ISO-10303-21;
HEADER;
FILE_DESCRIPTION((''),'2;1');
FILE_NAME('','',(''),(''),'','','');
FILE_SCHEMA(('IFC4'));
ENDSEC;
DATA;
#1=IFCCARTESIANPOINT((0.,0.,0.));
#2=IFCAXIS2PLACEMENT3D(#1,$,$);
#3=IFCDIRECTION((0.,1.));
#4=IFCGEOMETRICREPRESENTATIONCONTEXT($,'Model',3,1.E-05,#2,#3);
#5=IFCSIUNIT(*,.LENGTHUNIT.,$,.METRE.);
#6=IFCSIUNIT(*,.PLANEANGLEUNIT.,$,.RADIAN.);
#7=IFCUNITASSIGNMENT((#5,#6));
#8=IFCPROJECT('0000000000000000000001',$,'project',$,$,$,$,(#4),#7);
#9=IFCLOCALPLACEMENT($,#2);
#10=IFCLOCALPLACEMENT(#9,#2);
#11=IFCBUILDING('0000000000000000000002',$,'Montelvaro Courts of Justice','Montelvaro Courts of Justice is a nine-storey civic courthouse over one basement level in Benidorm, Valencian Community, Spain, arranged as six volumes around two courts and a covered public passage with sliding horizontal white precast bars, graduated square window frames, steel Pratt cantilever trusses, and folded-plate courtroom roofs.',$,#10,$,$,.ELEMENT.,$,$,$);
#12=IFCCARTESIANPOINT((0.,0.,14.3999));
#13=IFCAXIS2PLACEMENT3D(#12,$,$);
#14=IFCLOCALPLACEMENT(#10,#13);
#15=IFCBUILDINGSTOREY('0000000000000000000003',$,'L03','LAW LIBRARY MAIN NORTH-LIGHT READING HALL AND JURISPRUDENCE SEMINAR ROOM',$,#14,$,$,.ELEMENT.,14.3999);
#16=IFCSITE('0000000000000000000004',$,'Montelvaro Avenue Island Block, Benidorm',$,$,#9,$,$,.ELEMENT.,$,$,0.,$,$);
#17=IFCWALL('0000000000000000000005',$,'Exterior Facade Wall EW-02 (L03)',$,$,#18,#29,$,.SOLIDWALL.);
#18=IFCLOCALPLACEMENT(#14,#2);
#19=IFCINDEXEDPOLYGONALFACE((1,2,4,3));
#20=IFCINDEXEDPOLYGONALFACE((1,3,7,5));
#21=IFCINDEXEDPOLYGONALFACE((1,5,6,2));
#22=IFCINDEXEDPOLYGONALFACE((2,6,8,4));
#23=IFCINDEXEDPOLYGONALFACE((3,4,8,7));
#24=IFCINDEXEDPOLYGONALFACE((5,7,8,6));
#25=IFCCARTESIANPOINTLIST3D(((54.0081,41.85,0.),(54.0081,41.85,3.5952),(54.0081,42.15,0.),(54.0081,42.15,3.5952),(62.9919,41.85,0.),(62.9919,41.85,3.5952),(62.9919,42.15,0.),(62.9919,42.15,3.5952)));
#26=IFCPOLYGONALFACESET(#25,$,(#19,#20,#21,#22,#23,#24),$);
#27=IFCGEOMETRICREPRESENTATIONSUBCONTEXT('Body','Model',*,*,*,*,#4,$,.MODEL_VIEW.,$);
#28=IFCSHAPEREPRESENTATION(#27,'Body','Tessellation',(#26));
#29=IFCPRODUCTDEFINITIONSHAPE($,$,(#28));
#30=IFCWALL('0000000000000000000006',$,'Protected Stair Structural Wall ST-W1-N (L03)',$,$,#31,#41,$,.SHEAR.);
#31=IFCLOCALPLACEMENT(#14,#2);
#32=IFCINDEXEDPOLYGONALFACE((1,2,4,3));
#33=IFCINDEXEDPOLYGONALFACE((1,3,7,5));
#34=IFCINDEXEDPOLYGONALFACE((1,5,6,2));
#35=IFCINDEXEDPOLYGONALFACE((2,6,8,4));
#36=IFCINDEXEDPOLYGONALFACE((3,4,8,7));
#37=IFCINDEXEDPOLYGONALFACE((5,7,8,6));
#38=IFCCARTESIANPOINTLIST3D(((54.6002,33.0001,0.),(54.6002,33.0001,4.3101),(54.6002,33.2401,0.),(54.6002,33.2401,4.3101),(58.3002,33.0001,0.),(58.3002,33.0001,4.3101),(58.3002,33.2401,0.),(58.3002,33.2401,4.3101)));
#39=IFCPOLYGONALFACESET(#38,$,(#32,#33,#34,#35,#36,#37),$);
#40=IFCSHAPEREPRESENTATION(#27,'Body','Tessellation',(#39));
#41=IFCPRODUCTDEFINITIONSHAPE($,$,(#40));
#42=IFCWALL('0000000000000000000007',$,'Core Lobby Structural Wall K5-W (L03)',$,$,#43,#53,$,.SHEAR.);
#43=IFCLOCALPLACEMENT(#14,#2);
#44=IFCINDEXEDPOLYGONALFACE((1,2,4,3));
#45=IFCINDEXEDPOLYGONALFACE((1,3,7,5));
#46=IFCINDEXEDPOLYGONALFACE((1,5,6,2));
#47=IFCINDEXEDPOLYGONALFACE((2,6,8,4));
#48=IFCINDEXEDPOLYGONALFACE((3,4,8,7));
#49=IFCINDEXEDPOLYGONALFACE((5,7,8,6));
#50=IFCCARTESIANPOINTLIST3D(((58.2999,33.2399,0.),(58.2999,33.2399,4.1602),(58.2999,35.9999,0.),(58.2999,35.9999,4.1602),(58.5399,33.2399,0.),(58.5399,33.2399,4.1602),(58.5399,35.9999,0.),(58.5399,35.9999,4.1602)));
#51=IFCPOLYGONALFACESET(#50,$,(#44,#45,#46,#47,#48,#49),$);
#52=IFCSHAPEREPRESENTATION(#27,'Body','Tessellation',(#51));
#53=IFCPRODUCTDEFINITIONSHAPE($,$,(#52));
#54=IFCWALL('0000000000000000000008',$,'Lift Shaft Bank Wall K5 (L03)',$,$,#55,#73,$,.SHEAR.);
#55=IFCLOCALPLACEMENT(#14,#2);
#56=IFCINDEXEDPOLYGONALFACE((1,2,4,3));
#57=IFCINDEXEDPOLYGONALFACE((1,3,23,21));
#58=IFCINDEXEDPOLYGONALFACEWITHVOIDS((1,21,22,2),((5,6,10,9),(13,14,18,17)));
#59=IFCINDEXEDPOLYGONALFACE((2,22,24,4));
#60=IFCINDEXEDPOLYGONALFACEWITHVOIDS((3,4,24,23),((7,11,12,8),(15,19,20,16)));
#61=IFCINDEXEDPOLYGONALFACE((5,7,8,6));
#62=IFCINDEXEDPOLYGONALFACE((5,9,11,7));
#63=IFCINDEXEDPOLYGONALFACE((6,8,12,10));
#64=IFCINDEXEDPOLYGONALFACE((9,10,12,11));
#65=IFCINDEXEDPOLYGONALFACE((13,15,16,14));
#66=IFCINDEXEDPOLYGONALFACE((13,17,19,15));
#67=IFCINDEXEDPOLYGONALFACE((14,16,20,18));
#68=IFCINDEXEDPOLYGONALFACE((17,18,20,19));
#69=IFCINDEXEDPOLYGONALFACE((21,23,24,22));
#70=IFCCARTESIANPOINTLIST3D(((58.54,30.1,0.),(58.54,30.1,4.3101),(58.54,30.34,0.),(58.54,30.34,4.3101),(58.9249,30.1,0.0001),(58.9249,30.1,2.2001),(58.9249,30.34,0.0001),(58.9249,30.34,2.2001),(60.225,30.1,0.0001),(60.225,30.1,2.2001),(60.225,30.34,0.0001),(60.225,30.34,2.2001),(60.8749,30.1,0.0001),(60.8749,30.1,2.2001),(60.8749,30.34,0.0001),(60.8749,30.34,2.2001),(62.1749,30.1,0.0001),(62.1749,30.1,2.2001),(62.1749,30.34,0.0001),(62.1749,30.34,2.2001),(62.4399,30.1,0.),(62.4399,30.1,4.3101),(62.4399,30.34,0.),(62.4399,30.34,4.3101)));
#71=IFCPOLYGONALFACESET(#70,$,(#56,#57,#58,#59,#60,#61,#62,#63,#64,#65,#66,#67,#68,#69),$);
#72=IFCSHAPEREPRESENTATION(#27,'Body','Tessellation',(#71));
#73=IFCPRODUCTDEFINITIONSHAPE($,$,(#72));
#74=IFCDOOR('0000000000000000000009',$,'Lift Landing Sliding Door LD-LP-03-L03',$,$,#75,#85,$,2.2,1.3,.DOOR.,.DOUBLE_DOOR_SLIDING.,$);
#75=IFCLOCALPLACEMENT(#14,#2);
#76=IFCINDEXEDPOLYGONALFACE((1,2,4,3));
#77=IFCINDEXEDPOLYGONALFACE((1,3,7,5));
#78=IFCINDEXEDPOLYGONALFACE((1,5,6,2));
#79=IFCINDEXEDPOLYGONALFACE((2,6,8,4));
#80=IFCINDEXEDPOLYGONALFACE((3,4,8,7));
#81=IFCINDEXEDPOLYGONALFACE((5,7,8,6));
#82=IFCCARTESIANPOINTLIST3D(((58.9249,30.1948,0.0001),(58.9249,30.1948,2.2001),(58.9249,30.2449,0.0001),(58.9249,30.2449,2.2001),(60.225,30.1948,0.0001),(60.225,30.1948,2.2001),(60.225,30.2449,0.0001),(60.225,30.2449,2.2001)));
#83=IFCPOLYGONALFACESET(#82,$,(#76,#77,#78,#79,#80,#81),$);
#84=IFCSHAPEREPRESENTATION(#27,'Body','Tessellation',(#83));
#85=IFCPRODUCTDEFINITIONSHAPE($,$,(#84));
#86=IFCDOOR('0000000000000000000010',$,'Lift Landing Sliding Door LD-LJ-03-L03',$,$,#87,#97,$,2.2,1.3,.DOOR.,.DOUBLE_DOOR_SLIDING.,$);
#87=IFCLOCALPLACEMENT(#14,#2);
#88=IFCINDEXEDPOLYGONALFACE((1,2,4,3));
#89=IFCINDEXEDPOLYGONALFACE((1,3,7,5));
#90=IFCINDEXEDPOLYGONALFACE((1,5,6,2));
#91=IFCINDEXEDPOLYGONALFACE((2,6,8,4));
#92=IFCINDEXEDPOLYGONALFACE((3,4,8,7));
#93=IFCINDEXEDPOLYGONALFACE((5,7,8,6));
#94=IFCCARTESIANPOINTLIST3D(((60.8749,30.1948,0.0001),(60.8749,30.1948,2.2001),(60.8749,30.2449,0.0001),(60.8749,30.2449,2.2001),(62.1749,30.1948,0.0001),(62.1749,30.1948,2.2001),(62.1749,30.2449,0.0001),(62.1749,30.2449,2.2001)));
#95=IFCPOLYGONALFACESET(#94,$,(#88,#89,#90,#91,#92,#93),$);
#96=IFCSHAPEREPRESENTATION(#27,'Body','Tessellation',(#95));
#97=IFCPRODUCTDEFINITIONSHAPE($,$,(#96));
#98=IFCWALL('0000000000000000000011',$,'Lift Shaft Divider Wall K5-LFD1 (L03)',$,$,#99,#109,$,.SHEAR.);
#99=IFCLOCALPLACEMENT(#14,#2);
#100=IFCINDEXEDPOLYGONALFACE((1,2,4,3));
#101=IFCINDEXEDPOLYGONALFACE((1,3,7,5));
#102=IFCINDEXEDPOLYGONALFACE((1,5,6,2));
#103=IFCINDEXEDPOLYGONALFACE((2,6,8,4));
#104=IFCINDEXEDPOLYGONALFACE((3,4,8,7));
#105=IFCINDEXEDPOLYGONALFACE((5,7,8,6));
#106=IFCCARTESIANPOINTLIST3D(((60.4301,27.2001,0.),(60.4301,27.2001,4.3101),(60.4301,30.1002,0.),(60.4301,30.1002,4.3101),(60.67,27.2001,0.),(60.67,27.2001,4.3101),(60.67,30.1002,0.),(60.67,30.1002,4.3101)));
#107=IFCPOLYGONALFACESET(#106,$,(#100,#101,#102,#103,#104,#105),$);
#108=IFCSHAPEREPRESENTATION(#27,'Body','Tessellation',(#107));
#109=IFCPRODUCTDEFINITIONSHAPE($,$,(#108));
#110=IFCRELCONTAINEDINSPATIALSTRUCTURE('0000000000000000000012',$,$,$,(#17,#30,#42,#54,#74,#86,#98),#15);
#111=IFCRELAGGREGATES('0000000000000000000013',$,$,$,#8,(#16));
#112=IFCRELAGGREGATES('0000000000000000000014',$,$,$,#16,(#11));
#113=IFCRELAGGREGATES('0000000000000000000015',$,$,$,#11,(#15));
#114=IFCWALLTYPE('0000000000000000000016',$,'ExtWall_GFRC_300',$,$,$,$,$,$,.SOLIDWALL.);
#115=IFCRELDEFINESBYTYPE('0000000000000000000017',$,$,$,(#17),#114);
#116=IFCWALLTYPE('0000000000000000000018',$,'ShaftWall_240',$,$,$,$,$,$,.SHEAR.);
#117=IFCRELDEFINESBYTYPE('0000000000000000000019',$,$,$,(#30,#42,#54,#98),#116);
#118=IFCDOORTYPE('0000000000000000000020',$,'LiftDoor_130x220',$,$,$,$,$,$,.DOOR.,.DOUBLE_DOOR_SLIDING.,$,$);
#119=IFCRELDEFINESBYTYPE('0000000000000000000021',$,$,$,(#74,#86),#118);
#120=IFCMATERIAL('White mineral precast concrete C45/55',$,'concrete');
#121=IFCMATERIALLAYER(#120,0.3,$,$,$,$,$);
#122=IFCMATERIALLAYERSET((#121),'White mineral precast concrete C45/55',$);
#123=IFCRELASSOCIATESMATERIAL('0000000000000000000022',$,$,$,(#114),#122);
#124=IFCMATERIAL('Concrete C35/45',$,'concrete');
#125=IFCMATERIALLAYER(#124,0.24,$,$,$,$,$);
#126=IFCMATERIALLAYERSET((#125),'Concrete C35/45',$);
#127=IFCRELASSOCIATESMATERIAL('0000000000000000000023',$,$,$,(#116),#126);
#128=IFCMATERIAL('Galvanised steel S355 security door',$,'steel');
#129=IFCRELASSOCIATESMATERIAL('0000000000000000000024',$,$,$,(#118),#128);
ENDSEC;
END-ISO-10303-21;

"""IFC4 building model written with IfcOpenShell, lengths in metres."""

from ifc_helpers import new_model, si_unit, direction, frame, frame_2d, origin, place, context, subcontext, project, spatial, rectangle, extrude, material, layer, layer_set, type_object, element, fill, save


model = new_model("IFC4")

# Units and contexts
model_context = context("Model", 3, precision=1e-05, world=origin(), true_north=direction((0.0, 1.0)))
body_context = subcontext(model_context, "Body", "Model", "MODEL_VIEW")
ifc_project = project(units=[si_unit("LENGTHUNIT", "METRE"), si_unit("PLANEANGLEUNIT", "RADIAN")], contexts=[model_context])

# Site, building, storey
site_placement = place(None, origin())
site = spatial("IfcSite", under=ifc_project, at=site_placement, Name="Montelvaro Avenue Island Block, Benidorm", CompositionType="ELEMENT", RefElevation=0.0)
building_placement = place(site_placement, origin())
building = spatial("IfcBuilding", under=site, at=building_placement, Name="Montelvaro Courts of Justice", Description="Montelvaro Courts of Justice is a nine-storey civic courthouse over one basement level in Benidorm, Valencian Community, Spain, arranged as six volumes around two courts and a covered public passage with sliding horizontal white precast bars, graduated square window frames, steel Pratt cantilever trusses, and folded-plate courtroom roofs.", CompositionType="ELEMENT")
storey_placement = place(building_placement, frame((0.0, 0.0, 14.3999)))
storey = spatial("IfcBuildingStorey", under=building, at=storey_placement, Name="L03", Description="LAW LIBRARY MAIN NORTH-LIGHT READING HALL AND JURISPRUDENCE SEMINAR ROOM", CompositionType="ELEMENT", Elevation=14.3999)

# Shared definitions
ifc_material_1 = material(Name="Galvanised steel S355 security door", Category="steel")

# Walls
ifc_material_2 = material(Name="White mineral precast concrete C45/55", Category="concrete")
ifc_layer_1 = layer(ifc_material_2, 0.3)
ifc_layer_set_1 = layer_set([ifc_layer_1], Name="White mineral precast concrete C45/55")
wall_type_1 = type_object("IfcWallType", Name="ExtWall_GFRC_300", PredefinedType="SOLIDWALL", material=ifc_layer_set_1)
wall_1_placement = place(storey_placement, frame((62.9919, 42.0, 0.0), z_axis=(0.0, 0.0, 1.0), x_axis=(-1.0, 0.0, 0.0)))
element("IfcWall", 1, at=wall_1_placement, inside=storey, type_object=wall_type_1, Name="Exterior Facade Wall EW-02 (L03)", PredefinedType="SOLIDWALL", context=body_context, shape_type="SweptSolid", body=[
    extrude(rectangle(XDim=8.9839, YDim=0.3, at=frame_2d((4.4919, 0.0))), origin(), (0.0, 0.0, 1.0), 3.5952),
])
ifc_material_3 = material(Name="Concrete C35/45", Category="concrete")
ifc_layer_2 = layer(ifc_material_3, 0.24)
ifc_layer_set_2 = layer_set([ifc_layer_2], Name="Concrete C35/45")
wall_type_2 = type_object("IfcWallType", Name="ShaftWall_240", PredefinedType="SHEAR", material=ifc_layer_set_2)
wall_2_placement = place(storey_placement, frame((54.6001, 33.1201, 0.0), z_axis=(0.0, 0.0, 1.0), x_axis=(1.0, 0.0, 0.0)))
element("IfcWall", 2, at=wall_2_placement, inside=storey, type_object=wall_type_2, Name="Protected Stair Structural Wall ST-W1-N (L03)", PredefinedType="SHEAR", context=body_context, shape_type="SweptSolid", body=[
    extrude(rectangle(XDim=3.7, YDim=0.24, at=frame_2d((1.8501, 0.0))), origin(), (0.0, 0.0, 1.0), 4.3101),
])
wall_3_placement = place(storey_placement, frame((58.4199, 33.24, 0.0), z_axis=(0.0, 0.0, 1.0), x_axis=(0.0, 1.0, 0.0)))
element("IfcWall", 3, at=wall_3_placement, inside=storey, type_object=wall_type_2, Name="Core Lobby Structural Wall K5-W (L03)", PredefinedType="SHEAR", context=body_context, shape_type="SweptSolid", body=[
    extrude(rectangle(XDim=2.76, YDim=0.24, at=frame_2d((1.3799, 0.0))), origin(), (0.0, 0.0, 1.0), 4.1602),
])

# Wall, openings, doors
wall_4_placement = place(storey_placement, frame((58.54, 30.22, 0.0), z_axis=(0.0, 0.0, 1.0), x_axis=(1.0, 0.0, 0.0)))
wall_4 = element("IfcWall", 4, at=wall_4_placement, inside=storey, type_object=wall_type_2, Name="Lift Shaft Bank Wall K5 (L03)", PredefinedType="SHEAR", context=body_context, shape_type="SweptSolid", body=[
    extrude(rectangle(XDim=3.8999, YDim=0.24, at=frame_2d((1.95, 0.0))), origin(), (0.0, 0.0, 1.0), 4.3101),
])
opening_1_placement = place(wall_4_placement, frame((0.385, 0.0, 0.0)))
opening_1 = element("IfcOpeningElement", 5, at=opening_1_placement, cuts=wall_4, PredefinedType="OPENING", context=body_context, shape_type="SweptSolid", body=[
    extrude(rectangle(XDim=1.3, YDim=2.2, at=frame_2d((0.6499, 1.1001))), frame((0.0, 0.1348, 0.0), z_axis=(0.0, -1.0, 0.0), x_axis=(1.0, 0.0, 0.0)), (0.0, 0.0, 1.0), 0.2698),
])
opening_2_placement = place(wall_4_placement, frame((2.335, 0.0, 0.0)))
opening_2 = element("IfcOpeningElement", 6, at=opening_2_placement, cuts=wall_4, PredefinedType="OPENING", context=body_context, shape_type="SweptSolid", body=[
    extrude(rectangle(XDim=1.3, YDim=2.2, at=frame_2d((0.6499, 1.1001))), frame((0.0, 0.1348, 0.0), z_axis=(0.0, -1.0, 0.0), x_axis=(1.0, 0.0, 0.0)), (0.0, 0.0, 1.0), 0.2698),
])
door_type_1 = type_object("IfcDoorType", Name="LiftDoor_130x220", OperationType="DOUBLE_DOOR_SLIDING", PredefinedType="DOOR", material=ifc_material_1)
door_1_placement = place(opening_1_placement, origin())
door_1 = element("IfcDoor", 7, at=door_1_placement, inside=storey, type_object=door_type_1, Name="Lift Landing Sliding Door LD-LP-03-L03", OperationType="DOUBLE_DOOR_SLIDING", OverallHeight=2.2, OverallWidth=1.3, PredefinedType="DOOR", context=body_context, shape_type="SweptSolid", body=[
    extrude(rectangle(XDim=1.3, YDim=2.2, at=frame_2d((0.6499, 1.1001))), frame((0.0, 0.0249, 0.0), z_axis=(0.0, -1.0, 0.0), x_axis=(1.0, 0.0, 0.0)), (0.0, 0.0, 1.0), 0.05),
])
fill(opening_1, door_1)
door_2_placement = place(opening_2_placement, origin())
door_2 = element("IfcDoor", 8, at=door_2_placement, inside=storey, type_object=door_type_1, Name="Lift Landing Sliding Door LD-LJ-03-L03", OperationType="DOUBLE_DOOR_SLIDING", OverallHeight=2.2, OverallWidth=1.3, PredefinedType="DOOR", context=body_context, shape_type="SweptSolid", body=[
    extrude(rectangle(XDim=1.3, YDim=2.2, at=frame_2d((0.6499, 1.1001))), frame((0.0, 0.0249, 0.0), z_axis=(0.0, -1.0, 0.0), x_axis=(1.0, 0.0, 0.0)), (0.0, 0.0, 1.0), 0.05),
])
fill(opening_2, door_2)

# Wall
wall_5_placement = place(storey_placement, frame((60.55, 27.2, 0.0), z_axis=(0.0, 0.0, 1.0), x_axis=(0.0, 1.0, 0.0)))
element("IfcWall", 9, at=wall_5_placement, inside=storey, type_object=wall_type_2, Name="Lift Shaft Divider Wall K5-LFD1 (L03)", PredefinedType="SHEAR", context=body_context, shape_type="SweptSolid", body=[
    extrude(rectangle(XDim=2.9001, YDim=0.24, at=frame_2d((1.4502, 0.0))), origin(), (0.0, 0.0, 1.0), 4.3101),
])

save(model, "model.ifc")
